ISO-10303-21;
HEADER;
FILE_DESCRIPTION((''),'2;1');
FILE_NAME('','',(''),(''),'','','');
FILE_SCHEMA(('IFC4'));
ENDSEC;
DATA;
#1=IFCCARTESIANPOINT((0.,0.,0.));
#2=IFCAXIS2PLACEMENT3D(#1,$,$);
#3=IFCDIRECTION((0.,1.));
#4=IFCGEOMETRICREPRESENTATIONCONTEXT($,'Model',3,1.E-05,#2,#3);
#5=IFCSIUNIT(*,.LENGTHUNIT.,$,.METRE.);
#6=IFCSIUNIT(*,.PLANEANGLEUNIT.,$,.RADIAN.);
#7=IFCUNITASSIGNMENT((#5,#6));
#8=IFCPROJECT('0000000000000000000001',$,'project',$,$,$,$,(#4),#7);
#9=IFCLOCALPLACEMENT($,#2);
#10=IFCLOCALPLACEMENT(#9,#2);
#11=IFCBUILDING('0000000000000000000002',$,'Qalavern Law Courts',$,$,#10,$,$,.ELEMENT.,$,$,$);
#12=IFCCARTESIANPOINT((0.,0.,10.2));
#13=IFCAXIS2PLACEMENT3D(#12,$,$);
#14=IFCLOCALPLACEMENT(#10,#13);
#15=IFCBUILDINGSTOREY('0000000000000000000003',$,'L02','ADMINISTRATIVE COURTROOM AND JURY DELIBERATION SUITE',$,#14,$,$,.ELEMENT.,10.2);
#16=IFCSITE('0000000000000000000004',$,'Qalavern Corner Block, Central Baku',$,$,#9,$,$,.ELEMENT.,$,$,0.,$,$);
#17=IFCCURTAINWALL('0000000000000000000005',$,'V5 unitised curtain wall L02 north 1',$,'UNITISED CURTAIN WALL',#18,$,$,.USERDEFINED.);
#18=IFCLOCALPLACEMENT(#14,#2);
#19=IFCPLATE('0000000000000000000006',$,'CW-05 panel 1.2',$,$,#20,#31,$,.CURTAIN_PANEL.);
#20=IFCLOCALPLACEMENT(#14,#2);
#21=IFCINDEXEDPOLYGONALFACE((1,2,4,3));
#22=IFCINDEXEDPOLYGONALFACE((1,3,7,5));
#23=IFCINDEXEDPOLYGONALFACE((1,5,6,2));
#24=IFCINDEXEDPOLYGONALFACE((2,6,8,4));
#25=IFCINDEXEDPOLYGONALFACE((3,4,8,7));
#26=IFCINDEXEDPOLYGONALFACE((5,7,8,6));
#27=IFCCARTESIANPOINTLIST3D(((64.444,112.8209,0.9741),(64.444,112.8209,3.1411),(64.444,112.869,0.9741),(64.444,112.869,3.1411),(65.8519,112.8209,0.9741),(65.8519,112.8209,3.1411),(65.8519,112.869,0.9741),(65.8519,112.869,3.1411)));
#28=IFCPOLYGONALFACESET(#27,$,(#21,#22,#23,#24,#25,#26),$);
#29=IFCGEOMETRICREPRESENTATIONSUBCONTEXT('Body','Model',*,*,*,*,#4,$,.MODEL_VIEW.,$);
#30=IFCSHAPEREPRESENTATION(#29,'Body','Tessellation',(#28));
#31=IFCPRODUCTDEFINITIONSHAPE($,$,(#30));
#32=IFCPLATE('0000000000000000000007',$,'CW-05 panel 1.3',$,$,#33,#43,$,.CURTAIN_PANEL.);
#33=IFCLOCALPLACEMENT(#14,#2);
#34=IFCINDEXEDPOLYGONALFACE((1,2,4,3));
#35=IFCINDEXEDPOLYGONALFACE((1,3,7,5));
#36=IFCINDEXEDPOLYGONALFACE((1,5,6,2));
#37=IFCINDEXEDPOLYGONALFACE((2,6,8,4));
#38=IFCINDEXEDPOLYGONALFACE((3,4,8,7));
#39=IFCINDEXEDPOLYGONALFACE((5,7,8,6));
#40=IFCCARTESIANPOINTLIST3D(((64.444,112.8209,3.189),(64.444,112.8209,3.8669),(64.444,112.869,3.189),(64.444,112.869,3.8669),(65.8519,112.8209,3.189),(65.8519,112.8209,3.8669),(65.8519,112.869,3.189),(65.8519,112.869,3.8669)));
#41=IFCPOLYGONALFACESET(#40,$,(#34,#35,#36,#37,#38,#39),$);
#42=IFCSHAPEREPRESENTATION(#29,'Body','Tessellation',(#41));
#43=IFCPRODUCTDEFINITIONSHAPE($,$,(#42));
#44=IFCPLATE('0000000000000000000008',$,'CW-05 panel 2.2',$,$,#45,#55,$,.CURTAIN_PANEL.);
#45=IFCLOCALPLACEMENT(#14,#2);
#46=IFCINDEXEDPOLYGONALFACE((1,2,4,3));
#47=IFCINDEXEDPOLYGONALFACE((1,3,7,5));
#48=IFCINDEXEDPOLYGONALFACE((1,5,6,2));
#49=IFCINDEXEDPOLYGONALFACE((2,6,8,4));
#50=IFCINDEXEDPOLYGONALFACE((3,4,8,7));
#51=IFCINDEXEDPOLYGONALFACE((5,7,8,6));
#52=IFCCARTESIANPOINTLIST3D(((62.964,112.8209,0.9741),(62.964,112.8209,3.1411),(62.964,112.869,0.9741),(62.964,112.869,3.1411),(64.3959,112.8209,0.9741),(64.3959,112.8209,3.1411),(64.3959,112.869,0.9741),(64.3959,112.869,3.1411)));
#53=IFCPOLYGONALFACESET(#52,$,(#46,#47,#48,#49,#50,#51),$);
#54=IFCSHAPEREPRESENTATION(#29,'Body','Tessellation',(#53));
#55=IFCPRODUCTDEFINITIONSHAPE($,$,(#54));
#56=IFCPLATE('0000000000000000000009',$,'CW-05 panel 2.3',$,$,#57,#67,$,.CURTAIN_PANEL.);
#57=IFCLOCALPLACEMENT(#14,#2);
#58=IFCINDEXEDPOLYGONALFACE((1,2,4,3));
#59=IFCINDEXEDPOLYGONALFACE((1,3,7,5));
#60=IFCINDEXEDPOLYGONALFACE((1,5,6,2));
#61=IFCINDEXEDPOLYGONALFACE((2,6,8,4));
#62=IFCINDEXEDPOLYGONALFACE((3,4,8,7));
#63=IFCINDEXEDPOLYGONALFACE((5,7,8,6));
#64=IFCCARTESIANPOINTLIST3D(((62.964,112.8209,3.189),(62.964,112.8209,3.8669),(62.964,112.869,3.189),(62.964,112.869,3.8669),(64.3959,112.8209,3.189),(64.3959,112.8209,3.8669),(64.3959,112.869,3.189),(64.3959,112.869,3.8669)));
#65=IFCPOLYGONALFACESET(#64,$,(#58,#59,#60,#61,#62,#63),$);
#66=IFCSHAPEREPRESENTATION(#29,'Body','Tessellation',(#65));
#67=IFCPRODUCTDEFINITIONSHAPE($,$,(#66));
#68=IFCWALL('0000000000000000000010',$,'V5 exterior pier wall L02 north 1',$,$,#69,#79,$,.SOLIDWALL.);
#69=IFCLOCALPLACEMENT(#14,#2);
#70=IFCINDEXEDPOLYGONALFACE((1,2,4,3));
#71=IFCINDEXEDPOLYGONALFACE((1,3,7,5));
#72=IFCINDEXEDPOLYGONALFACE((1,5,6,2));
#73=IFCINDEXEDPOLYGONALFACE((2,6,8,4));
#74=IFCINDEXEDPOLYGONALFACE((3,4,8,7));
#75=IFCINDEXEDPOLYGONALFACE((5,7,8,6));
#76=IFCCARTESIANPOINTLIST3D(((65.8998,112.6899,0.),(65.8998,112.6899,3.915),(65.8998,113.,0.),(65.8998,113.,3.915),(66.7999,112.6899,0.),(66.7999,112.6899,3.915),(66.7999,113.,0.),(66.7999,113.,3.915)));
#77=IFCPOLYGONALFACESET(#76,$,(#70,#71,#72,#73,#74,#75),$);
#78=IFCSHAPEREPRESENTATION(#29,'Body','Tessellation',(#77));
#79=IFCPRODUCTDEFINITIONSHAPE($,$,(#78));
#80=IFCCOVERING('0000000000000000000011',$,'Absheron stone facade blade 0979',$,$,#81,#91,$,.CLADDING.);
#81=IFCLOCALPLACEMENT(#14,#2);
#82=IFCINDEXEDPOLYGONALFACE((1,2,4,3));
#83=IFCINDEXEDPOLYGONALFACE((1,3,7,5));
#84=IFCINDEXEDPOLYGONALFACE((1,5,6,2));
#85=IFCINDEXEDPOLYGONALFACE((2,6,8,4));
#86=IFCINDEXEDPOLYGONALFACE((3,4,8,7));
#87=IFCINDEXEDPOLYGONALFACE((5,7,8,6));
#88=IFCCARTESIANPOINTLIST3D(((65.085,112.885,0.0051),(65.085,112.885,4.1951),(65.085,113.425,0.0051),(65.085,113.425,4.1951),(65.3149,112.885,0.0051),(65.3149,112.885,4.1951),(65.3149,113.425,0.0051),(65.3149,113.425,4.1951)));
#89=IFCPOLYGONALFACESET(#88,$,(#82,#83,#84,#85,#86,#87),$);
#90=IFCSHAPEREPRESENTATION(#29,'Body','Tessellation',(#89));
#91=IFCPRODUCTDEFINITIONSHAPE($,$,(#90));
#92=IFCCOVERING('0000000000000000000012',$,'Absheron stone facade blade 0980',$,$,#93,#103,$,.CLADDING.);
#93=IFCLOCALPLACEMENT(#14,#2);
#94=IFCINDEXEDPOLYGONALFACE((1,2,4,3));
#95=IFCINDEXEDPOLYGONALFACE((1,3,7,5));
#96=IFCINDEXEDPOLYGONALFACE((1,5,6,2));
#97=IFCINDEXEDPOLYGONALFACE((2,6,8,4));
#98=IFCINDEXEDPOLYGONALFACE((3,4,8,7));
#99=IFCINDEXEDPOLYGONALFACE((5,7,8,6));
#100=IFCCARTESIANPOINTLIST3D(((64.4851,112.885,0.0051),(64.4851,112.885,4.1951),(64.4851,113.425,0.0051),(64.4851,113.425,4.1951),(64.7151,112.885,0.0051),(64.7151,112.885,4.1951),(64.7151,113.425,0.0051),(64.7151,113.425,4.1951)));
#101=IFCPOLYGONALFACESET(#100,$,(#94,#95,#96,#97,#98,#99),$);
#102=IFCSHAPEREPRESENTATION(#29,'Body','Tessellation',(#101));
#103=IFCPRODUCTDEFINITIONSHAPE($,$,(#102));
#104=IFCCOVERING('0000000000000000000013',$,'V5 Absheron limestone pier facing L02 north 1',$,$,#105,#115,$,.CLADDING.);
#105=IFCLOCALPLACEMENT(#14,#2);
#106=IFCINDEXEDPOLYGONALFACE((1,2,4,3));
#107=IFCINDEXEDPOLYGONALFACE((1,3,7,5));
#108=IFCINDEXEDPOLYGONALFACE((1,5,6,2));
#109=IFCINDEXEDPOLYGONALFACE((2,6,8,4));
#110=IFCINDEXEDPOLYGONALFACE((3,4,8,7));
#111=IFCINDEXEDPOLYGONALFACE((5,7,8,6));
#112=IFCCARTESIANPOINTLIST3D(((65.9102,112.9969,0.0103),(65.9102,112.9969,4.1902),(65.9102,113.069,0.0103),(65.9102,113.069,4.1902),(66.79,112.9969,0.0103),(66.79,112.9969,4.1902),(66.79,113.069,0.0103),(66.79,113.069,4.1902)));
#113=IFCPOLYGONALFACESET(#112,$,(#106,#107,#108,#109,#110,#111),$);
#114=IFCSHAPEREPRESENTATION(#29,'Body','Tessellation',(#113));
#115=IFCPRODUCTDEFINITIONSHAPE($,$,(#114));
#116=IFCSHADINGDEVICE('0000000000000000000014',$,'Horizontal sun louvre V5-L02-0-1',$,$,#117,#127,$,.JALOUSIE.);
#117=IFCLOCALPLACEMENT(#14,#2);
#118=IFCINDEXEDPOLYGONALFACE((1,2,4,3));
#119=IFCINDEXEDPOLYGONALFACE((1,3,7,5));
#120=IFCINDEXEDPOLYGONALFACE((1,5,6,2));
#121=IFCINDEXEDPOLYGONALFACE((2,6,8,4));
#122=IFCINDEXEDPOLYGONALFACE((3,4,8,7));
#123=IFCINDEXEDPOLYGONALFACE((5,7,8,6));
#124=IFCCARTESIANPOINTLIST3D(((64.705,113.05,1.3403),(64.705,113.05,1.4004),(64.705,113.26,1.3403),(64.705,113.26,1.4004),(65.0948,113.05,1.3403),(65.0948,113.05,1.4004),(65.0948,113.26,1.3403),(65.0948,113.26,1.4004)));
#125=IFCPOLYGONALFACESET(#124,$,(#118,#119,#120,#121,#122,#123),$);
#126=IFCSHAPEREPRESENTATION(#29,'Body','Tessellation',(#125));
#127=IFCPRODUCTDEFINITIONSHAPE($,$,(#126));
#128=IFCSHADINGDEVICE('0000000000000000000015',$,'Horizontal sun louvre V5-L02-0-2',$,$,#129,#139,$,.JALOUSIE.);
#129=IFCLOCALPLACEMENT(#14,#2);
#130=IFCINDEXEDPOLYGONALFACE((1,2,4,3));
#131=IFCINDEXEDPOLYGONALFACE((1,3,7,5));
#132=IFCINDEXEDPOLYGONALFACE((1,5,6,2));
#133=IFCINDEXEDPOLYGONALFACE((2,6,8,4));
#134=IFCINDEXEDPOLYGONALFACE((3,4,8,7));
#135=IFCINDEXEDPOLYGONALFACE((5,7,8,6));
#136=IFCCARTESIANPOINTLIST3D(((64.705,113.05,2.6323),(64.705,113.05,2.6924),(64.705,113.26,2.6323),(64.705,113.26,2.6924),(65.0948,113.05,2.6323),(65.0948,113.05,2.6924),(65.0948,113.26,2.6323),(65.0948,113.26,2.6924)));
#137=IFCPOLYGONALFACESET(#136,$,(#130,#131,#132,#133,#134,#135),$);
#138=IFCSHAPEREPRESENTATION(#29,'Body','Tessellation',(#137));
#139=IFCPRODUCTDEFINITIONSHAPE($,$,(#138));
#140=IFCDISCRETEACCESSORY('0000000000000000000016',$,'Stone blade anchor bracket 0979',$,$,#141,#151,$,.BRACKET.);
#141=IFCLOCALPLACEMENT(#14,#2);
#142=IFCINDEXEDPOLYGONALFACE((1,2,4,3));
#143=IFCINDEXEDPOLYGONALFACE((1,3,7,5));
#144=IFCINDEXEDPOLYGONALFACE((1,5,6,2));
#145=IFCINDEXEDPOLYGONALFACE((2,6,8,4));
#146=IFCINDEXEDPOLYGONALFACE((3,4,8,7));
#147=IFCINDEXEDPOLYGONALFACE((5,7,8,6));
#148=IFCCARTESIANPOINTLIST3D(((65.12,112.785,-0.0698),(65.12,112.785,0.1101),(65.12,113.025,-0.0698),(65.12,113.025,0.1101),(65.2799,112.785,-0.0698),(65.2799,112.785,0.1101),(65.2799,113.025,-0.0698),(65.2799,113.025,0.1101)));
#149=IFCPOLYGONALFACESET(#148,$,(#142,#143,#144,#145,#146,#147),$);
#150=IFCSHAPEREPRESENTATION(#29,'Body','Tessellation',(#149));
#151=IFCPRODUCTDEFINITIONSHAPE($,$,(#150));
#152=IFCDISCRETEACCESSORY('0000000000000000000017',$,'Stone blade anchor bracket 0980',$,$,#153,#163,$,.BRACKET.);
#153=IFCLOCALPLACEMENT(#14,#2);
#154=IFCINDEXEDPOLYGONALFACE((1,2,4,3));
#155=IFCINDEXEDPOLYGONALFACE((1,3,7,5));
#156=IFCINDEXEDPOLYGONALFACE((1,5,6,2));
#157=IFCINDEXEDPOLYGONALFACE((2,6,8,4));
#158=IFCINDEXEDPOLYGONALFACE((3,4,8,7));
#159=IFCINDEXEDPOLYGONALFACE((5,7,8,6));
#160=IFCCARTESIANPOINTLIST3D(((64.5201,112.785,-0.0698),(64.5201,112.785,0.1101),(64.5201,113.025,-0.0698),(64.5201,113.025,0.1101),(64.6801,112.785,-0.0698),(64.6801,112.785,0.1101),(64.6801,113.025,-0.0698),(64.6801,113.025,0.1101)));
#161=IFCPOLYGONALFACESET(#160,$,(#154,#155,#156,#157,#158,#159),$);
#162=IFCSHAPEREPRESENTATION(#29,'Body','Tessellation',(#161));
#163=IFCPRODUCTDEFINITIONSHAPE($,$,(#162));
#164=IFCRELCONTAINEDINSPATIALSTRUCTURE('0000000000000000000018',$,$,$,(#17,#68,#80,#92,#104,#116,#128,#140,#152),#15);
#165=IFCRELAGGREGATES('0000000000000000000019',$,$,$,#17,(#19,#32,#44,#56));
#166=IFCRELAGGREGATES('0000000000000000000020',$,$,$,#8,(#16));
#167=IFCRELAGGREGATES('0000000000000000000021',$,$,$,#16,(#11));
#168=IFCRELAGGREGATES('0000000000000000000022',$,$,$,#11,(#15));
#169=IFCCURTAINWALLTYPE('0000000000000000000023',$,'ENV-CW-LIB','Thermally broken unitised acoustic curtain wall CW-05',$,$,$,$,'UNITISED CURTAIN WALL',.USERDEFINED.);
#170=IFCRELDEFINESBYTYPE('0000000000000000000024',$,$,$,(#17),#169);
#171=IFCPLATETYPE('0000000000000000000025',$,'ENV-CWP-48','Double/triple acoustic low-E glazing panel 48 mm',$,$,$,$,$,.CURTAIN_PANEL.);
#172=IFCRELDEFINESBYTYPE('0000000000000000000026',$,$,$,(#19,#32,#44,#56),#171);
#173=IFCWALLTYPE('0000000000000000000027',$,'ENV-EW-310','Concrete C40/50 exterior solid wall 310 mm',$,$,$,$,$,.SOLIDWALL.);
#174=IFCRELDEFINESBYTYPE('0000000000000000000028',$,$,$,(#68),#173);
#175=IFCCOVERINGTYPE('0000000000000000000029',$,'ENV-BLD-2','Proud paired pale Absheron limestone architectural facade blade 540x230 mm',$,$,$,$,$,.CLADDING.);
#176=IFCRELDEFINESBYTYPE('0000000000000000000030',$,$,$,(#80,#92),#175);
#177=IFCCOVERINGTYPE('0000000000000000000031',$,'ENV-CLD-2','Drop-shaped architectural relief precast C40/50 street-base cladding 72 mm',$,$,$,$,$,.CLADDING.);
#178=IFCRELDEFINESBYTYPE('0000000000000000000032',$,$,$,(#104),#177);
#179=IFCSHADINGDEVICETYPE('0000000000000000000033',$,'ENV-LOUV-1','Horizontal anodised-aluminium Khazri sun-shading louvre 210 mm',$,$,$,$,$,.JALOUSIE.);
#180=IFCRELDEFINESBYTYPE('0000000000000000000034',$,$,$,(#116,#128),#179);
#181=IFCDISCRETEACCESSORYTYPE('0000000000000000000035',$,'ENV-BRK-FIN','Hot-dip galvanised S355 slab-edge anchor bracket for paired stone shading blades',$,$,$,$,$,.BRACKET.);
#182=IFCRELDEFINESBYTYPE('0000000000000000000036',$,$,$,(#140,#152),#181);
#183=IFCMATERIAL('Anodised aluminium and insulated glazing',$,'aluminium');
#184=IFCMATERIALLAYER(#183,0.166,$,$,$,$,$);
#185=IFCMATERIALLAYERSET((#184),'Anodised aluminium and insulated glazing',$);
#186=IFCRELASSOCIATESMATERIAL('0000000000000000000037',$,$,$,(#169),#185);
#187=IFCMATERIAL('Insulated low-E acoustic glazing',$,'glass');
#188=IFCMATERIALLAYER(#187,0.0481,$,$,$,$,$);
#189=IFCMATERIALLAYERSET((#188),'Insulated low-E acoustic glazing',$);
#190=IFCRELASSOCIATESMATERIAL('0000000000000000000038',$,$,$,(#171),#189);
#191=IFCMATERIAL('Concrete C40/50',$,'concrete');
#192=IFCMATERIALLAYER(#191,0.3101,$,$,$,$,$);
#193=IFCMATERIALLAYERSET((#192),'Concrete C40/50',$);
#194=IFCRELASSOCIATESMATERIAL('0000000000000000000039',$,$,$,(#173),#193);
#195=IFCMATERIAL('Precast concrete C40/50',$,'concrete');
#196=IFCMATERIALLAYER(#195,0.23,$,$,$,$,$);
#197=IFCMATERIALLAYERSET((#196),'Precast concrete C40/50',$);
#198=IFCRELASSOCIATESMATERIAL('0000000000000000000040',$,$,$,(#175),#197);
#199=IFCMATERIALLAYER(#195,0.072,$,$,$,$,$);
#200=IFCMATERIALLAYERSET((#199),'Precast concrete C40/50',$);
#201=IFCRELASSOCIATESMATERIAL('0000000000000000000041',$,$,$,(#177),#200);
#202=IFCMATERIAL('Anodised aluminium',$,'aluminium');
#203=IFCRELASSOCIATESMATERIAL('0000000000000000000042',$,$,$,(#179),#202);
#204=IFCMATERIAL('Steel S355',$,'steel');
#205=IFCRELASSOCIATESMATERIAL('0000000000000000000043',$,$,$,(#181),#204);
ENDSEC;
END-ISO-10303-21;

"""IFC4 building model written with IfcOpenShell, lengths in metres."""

from ifc_helpers import new_model, si_unit, direction, frame, frame_2d, origin, origin_2d, place, context, subcontext, project, spatial, rectangle, extrude, material, layer, layer_set, type_object, element, aggregate, save


model = new_model("IFC4")

# Units and contexts
model_context = context("Model", 3, precision=1e-05, world=origin(), true_north=direction((0.0, 1.0)))
body_context = subcontext(model_context, "Body", "Model", "MODEL_VIEW")
ifc_project = project(units=[si_unit("LENGTHUNIT", "METRE"), si_unit("PLANEANGLEUNIT", "RADIAN")], contexts=[model_context])

# Site, building, storey
site_placement = place(None, origin())
site = spatial("IfcSite", under=ifc_project, at=site_placement, Name="Qalavern Corner Block, Central Baku", CompositionType="ELEMENT", RefElevation=0.0)
building_placement = place(site_placement, origin())
building = spatial("IfcBuilding", under=site, at=building_placement, Name="Qalavern Law Courts", CompositionType="ELEMENT")
storey_placement = place(building_placement, frame((0.0, 0.0, 10.2)))
storey = spatial("IfcBuildingStorey", under=building, at=storey_placement, Name="L02", Description="ADMINISTRATIVE COURTROOM AND JURY DELIBERATION SUITE", CompositionType="ELEMENT", Elevation=10.2)

# Curtain wall, plates
ifc_material_1 = material(Name="Anodised aluminium and insulated glazing", Category="aluminium")
ifc_layer_1 = layer(ifc_material_1, 0.166)
ifc_layer_set_1 = layer_set([ifc_layer_1], Name="Anodised aluminium and insulated glazing")
curtain_wall_type = type_object("IfcCurtainWallType", Name="ENV-CW-LIB", Description="Thermally broken unitised acoustic curtain wall CW-05", ElementType="UNITISED CURTAIN WALL", PredefinedType="USERDEFINED", material=ifc_layer_set_1)
curtain_wall_placement = place(storey_placement, origin())
curtain_wall = element("IfcCurtainWall", 1, at=curtain_wall_placement, inside=storey, type_object=curtain_wall_type, Name="V5 unitised curtain wall L02 north 1", ObjectType="UNITISED CURTAIN WALL", PredefinedType="USERDEFINED")
ifc_material_2 = material(Name="Anodised aluminium", Category="aluminium")
ifc_material_3 = material(Name="Insulated low-E acoustic glazing", Category="glass")
ifc_layer_2 = layer(ifc_material_3, 0.0481)
ifc_layer_set_2 = layer_set([ifc_layer_2], Name="Insulated low-E acoustic glazing")
plate_type = type_object("IfcPlateType", Name="ENV-CWP-48", Description="Double/triple acoustic low-E glazing panel 48 mm", PredefinedType="CURTAIN_PANEL", material=ifc_layer_set_2)
plate_1_placement = place(storey_placement, frame((65.1479, 112.845, 0.9741), z_axis=(0.0, 0.0, 1.0), x_axis=(-1.0, 0.0, 0.0)))
plate_1 = element("IfcPlate", 2, at=plate_1_placement, type_object=plate_type, Name="CW-05 panel 1.2", PredefinedType="CURTAIN_PANEL", context=body_context, shape_type="SweptSolid", body=[
    extrude(rectangle(XDim=1.408, YDim=0.0481, at=origin_2d()), origin(), (0.0, 0.0, 1.0), 2.167),
])
plate_2_placement = place(storey_placement, frame((65.1479, 112.845, 3.189), z_axis=(0.0, 0.0, 1.0), x_axis=(-1.0, 0.0, 0.0)))
plate_2 = element("IfcPlate", 3, at=plate_2_placement, type_object=plate_type, Name="CW-05 panel 1.3", PredefinedType="CURTAIN_PANEL", context=body_context, shape_type="SweptSolid", body=[
    extrude(rectangle(XDim=1.408, YDim=0.0481, at=origin_2d()), origin(), (0.0, 0.0, 1.0), 0.678),
])
plate_3_placement = place(storey_placement, frame((63.6799, 112.845, 0.9741), z_axis=(0.0, 0.0, 1.0), x_axis=(-1.0, 0.0, 0.0)))
plate_3 = element("IfcPlate", 4, at=plate_3_placement, type_object=plate_type, Name="CW-05 panel 2.2", PredefinedType="CURTAIN_PANEL", context=body_context, shape_type="SweptSolid", body=[
    extrude(rectangle(XDim=1.4319, YDim=0.0481, at=origin_2d()), origin(), (0.0, 0.0, 1.0), 2.167),
])
plate_4_placement = place(storey_placement, frame((63.6799, 112.845, 3.189), z_axis=(0.0, 0.0, 1.0), x_axis=(-1.0, 0.0, 0.0)))
plate_4 = element("IfcPlate", 5, at=plate_4_placement, type_object=plate_type, Name="CW-05 panel 2.3", PredefinedType="CURTAIN_PANEL", context=body_context, shape_type="SweptSolid", body=[
    extrude(rectangle(XDim=1.4319, YDim=0.0481, at=origin_2d()), origin(), (0.0, 0.0, 1.0), 0.678),
])
aggregate(curtain_wall, [plate_1, plate_2, plate_3, plate_4])

# Wall
ifc_material_4 = material(Name="Concrete C40/50", Category="concrete")
ifc_layer_3 = layer(ifc_material_4, 0.3101)
ifc_layer_set_3 = layer_set([ifc_layer_3], Name="Concrete C40/50")
wall_type = type_object("IfcWallType", Name="ENV-EW-310", Description="Concrete C40/50 exterior solid wall 310 mm", PredefinedType="SOLIDWALL", material=ifc_layer_set_3)
wall_placement = place(storey_placement, frame((66.8, 112.845, 0.0), z_axis=(0.0, 0.0, 1.0), x_axis=(-1.0, 0.0, 0.0)))
element("IfcWall", 6, at=wall_placement, inside=storey, type_object=wall_type, Name="V5 exterior pier wall L02 north 1", PredefinedType="SOLIDWALL", context=body_context, shape_type="SweptSolid", body=[
    extrude(rectangle(XDim=0.9001, YDim=0.3101, at=frame_2d((0.4502, 0.0))), origin(), (0.0, 0.0, 1.0), 3.915),
])

# Coverings
ifc_material_5 = material(Name="Precast concrete C40/50", Category="concrete")
ifc_layer_4 = layer(ifc_material_5, 0.23)
ifc_layer_set_4 = layer_set([ifc_layer_4], Name="Precast concrete C40/50")
covering_type_1 = type_object("IfcCoveringType", Name="ENV-BLD-2", Description="Proud paired pale Absheron limestone architectural facade blade 540x230 mm", PredefinedType="CLADDING", material=ifc_layer_set_4)
for number, where, z_axis, x_axis, name in (
    (7, (65.2, 113.155, 0.0051), (0.0, 0.0, 1.0), (0.0, 1.0, 0.0), "Absheron stone facade blade 0979"),
    (8, (64.6001, 113.155, 0.0051), (0.0, 0.0, 1.0), (0.0, 1.0, 0.0), "Absheron stone facade blade 0980"),
):
    element("IfcCovering", number, at=place(storey_placement, frame(where, z_axis=z_axis, x_axis=x_axis)), inside=storey, type_object=covering_type_1, Name=name, PredefinedType="CLADDING", context=body_context, shape_type="SweptSolid", body=[
        extrude(rectangle(XDim=0.54, YDim=0.23, at=origin_2d()), origin(), (0.0, 0.0, 1.0), 4.1899),
    ])
ifc_layer_5 = layer(ifc_material_5, 0.072)
ifc_layer_set_5 = layer_set([ifc_layer_5], Name="Precast concrete C40/50")
covering_type_2 = type_object("IfcCoveringType", Name="ENV-CLD-2", Description="Drop-shaped architectural relief precast C40/50 street-base cladding 72 mm", PredefinedType="CLADDING", material=ifc_layer_set_5)
covering_placement = place(storey_placement, frame((66.3501, 113.033, 0.0103), z_axis=(0.0, 0.0, 1.0), x_axis=(-1.0, 0.0, 0.0)))
element("IfcCovering", 9, at=covering_placement, inside=storey, type_object=covering_type_2, Name="V5 Absheron limestone pier facing L02 north 1", PredefinedType="CLADDING", context=body_context, shape_type="SweptSolid", body=[
    extrude(rectangle(XDim=0.8799, YDim=0.072, at=origin_2d()), origin(), (0.0, 0.0, 1.0), 4.1799),
])

# Shading devices
shading_device_type = type_object("IfcShadingDeviceType", Name="ENV-LOUV-1", Description="Horizontal anodised-aluminium Khazri sun-shading louvre 210 mm", PredefinedType="JALOUSIE", material=ifc_material_2)
for number, where, z_axis, x_axis, name in (
    (10, (64.8999, 113.155, 1.3403), (0.0, 0.0, 1.0), (-1.0, 0.0, 0.0), "Horizontal sun louvre V5-L02-0-1"),
    (11, (64.8999, 113.155, 2.6323), (0.0, 0.0, 1.0), (-1.0, 0.0, 0.0), "Horizontal sun louvre V5-L02-0-2"),
):
    element("IfcShadingDevice", number, at=place(storey_placement, frame(where, z_axis=z_axis, x_axis=x_axis)), inside=storey, type_object=shading_device_type, Name=name, PredefinedType="JALOUSIE", context=body_context, shape_type="SweptSolid", body=[
        extrude(rectangle(XDim=0.3899, YDim=0.21, at=origin_2d()), origin(), (0.0, 0.0, 1.0), 0.0601),
    ])

# Discrete accessories
ifc_material_6 = material(Name="Steel S355", Category="steel")
discrete_accessory_type = type_object("IfcDiscreteAccessoryType", Name="ENV-BRK-FIN", Description="Hot-dip galvanised S355 slab-edge anchor bracket for paired stone shading blades", PredefinedType="BRACKET", material=ifc_material_6)
for number, where, z_axis, x_axis, name in (
    (12, (65.2, 112.905, -0.0698), (0.0, 0.0, 1.0), (0.0, 1.0, 0.0), "Stone blade anchor bracket 0979"),
    (13, (64.6001, 112.905, -0.0698), (0.0, 0.0, 1.0), (0.0, 1.0, 0.0), "Stone blade anchor bracket 0980"),
):
    element("IfcDiscreteAccessory", number, at=place(storey_placement, frame(where, z_axis=z_axis, x_axis=x_axis)), inside=storey, type_object=discrete_accessory_type, Name=name, PredefinedType="BRACKET", context=body_context, shape_type="SweptSolid", body=[
        extrude(rectangle(XDim=0.24, YDim=0.1599, at=origin_2d()), origin(), (0.0, 0.0, 1.0), 0.1799),
    ])

save(model, "model.ifc")
